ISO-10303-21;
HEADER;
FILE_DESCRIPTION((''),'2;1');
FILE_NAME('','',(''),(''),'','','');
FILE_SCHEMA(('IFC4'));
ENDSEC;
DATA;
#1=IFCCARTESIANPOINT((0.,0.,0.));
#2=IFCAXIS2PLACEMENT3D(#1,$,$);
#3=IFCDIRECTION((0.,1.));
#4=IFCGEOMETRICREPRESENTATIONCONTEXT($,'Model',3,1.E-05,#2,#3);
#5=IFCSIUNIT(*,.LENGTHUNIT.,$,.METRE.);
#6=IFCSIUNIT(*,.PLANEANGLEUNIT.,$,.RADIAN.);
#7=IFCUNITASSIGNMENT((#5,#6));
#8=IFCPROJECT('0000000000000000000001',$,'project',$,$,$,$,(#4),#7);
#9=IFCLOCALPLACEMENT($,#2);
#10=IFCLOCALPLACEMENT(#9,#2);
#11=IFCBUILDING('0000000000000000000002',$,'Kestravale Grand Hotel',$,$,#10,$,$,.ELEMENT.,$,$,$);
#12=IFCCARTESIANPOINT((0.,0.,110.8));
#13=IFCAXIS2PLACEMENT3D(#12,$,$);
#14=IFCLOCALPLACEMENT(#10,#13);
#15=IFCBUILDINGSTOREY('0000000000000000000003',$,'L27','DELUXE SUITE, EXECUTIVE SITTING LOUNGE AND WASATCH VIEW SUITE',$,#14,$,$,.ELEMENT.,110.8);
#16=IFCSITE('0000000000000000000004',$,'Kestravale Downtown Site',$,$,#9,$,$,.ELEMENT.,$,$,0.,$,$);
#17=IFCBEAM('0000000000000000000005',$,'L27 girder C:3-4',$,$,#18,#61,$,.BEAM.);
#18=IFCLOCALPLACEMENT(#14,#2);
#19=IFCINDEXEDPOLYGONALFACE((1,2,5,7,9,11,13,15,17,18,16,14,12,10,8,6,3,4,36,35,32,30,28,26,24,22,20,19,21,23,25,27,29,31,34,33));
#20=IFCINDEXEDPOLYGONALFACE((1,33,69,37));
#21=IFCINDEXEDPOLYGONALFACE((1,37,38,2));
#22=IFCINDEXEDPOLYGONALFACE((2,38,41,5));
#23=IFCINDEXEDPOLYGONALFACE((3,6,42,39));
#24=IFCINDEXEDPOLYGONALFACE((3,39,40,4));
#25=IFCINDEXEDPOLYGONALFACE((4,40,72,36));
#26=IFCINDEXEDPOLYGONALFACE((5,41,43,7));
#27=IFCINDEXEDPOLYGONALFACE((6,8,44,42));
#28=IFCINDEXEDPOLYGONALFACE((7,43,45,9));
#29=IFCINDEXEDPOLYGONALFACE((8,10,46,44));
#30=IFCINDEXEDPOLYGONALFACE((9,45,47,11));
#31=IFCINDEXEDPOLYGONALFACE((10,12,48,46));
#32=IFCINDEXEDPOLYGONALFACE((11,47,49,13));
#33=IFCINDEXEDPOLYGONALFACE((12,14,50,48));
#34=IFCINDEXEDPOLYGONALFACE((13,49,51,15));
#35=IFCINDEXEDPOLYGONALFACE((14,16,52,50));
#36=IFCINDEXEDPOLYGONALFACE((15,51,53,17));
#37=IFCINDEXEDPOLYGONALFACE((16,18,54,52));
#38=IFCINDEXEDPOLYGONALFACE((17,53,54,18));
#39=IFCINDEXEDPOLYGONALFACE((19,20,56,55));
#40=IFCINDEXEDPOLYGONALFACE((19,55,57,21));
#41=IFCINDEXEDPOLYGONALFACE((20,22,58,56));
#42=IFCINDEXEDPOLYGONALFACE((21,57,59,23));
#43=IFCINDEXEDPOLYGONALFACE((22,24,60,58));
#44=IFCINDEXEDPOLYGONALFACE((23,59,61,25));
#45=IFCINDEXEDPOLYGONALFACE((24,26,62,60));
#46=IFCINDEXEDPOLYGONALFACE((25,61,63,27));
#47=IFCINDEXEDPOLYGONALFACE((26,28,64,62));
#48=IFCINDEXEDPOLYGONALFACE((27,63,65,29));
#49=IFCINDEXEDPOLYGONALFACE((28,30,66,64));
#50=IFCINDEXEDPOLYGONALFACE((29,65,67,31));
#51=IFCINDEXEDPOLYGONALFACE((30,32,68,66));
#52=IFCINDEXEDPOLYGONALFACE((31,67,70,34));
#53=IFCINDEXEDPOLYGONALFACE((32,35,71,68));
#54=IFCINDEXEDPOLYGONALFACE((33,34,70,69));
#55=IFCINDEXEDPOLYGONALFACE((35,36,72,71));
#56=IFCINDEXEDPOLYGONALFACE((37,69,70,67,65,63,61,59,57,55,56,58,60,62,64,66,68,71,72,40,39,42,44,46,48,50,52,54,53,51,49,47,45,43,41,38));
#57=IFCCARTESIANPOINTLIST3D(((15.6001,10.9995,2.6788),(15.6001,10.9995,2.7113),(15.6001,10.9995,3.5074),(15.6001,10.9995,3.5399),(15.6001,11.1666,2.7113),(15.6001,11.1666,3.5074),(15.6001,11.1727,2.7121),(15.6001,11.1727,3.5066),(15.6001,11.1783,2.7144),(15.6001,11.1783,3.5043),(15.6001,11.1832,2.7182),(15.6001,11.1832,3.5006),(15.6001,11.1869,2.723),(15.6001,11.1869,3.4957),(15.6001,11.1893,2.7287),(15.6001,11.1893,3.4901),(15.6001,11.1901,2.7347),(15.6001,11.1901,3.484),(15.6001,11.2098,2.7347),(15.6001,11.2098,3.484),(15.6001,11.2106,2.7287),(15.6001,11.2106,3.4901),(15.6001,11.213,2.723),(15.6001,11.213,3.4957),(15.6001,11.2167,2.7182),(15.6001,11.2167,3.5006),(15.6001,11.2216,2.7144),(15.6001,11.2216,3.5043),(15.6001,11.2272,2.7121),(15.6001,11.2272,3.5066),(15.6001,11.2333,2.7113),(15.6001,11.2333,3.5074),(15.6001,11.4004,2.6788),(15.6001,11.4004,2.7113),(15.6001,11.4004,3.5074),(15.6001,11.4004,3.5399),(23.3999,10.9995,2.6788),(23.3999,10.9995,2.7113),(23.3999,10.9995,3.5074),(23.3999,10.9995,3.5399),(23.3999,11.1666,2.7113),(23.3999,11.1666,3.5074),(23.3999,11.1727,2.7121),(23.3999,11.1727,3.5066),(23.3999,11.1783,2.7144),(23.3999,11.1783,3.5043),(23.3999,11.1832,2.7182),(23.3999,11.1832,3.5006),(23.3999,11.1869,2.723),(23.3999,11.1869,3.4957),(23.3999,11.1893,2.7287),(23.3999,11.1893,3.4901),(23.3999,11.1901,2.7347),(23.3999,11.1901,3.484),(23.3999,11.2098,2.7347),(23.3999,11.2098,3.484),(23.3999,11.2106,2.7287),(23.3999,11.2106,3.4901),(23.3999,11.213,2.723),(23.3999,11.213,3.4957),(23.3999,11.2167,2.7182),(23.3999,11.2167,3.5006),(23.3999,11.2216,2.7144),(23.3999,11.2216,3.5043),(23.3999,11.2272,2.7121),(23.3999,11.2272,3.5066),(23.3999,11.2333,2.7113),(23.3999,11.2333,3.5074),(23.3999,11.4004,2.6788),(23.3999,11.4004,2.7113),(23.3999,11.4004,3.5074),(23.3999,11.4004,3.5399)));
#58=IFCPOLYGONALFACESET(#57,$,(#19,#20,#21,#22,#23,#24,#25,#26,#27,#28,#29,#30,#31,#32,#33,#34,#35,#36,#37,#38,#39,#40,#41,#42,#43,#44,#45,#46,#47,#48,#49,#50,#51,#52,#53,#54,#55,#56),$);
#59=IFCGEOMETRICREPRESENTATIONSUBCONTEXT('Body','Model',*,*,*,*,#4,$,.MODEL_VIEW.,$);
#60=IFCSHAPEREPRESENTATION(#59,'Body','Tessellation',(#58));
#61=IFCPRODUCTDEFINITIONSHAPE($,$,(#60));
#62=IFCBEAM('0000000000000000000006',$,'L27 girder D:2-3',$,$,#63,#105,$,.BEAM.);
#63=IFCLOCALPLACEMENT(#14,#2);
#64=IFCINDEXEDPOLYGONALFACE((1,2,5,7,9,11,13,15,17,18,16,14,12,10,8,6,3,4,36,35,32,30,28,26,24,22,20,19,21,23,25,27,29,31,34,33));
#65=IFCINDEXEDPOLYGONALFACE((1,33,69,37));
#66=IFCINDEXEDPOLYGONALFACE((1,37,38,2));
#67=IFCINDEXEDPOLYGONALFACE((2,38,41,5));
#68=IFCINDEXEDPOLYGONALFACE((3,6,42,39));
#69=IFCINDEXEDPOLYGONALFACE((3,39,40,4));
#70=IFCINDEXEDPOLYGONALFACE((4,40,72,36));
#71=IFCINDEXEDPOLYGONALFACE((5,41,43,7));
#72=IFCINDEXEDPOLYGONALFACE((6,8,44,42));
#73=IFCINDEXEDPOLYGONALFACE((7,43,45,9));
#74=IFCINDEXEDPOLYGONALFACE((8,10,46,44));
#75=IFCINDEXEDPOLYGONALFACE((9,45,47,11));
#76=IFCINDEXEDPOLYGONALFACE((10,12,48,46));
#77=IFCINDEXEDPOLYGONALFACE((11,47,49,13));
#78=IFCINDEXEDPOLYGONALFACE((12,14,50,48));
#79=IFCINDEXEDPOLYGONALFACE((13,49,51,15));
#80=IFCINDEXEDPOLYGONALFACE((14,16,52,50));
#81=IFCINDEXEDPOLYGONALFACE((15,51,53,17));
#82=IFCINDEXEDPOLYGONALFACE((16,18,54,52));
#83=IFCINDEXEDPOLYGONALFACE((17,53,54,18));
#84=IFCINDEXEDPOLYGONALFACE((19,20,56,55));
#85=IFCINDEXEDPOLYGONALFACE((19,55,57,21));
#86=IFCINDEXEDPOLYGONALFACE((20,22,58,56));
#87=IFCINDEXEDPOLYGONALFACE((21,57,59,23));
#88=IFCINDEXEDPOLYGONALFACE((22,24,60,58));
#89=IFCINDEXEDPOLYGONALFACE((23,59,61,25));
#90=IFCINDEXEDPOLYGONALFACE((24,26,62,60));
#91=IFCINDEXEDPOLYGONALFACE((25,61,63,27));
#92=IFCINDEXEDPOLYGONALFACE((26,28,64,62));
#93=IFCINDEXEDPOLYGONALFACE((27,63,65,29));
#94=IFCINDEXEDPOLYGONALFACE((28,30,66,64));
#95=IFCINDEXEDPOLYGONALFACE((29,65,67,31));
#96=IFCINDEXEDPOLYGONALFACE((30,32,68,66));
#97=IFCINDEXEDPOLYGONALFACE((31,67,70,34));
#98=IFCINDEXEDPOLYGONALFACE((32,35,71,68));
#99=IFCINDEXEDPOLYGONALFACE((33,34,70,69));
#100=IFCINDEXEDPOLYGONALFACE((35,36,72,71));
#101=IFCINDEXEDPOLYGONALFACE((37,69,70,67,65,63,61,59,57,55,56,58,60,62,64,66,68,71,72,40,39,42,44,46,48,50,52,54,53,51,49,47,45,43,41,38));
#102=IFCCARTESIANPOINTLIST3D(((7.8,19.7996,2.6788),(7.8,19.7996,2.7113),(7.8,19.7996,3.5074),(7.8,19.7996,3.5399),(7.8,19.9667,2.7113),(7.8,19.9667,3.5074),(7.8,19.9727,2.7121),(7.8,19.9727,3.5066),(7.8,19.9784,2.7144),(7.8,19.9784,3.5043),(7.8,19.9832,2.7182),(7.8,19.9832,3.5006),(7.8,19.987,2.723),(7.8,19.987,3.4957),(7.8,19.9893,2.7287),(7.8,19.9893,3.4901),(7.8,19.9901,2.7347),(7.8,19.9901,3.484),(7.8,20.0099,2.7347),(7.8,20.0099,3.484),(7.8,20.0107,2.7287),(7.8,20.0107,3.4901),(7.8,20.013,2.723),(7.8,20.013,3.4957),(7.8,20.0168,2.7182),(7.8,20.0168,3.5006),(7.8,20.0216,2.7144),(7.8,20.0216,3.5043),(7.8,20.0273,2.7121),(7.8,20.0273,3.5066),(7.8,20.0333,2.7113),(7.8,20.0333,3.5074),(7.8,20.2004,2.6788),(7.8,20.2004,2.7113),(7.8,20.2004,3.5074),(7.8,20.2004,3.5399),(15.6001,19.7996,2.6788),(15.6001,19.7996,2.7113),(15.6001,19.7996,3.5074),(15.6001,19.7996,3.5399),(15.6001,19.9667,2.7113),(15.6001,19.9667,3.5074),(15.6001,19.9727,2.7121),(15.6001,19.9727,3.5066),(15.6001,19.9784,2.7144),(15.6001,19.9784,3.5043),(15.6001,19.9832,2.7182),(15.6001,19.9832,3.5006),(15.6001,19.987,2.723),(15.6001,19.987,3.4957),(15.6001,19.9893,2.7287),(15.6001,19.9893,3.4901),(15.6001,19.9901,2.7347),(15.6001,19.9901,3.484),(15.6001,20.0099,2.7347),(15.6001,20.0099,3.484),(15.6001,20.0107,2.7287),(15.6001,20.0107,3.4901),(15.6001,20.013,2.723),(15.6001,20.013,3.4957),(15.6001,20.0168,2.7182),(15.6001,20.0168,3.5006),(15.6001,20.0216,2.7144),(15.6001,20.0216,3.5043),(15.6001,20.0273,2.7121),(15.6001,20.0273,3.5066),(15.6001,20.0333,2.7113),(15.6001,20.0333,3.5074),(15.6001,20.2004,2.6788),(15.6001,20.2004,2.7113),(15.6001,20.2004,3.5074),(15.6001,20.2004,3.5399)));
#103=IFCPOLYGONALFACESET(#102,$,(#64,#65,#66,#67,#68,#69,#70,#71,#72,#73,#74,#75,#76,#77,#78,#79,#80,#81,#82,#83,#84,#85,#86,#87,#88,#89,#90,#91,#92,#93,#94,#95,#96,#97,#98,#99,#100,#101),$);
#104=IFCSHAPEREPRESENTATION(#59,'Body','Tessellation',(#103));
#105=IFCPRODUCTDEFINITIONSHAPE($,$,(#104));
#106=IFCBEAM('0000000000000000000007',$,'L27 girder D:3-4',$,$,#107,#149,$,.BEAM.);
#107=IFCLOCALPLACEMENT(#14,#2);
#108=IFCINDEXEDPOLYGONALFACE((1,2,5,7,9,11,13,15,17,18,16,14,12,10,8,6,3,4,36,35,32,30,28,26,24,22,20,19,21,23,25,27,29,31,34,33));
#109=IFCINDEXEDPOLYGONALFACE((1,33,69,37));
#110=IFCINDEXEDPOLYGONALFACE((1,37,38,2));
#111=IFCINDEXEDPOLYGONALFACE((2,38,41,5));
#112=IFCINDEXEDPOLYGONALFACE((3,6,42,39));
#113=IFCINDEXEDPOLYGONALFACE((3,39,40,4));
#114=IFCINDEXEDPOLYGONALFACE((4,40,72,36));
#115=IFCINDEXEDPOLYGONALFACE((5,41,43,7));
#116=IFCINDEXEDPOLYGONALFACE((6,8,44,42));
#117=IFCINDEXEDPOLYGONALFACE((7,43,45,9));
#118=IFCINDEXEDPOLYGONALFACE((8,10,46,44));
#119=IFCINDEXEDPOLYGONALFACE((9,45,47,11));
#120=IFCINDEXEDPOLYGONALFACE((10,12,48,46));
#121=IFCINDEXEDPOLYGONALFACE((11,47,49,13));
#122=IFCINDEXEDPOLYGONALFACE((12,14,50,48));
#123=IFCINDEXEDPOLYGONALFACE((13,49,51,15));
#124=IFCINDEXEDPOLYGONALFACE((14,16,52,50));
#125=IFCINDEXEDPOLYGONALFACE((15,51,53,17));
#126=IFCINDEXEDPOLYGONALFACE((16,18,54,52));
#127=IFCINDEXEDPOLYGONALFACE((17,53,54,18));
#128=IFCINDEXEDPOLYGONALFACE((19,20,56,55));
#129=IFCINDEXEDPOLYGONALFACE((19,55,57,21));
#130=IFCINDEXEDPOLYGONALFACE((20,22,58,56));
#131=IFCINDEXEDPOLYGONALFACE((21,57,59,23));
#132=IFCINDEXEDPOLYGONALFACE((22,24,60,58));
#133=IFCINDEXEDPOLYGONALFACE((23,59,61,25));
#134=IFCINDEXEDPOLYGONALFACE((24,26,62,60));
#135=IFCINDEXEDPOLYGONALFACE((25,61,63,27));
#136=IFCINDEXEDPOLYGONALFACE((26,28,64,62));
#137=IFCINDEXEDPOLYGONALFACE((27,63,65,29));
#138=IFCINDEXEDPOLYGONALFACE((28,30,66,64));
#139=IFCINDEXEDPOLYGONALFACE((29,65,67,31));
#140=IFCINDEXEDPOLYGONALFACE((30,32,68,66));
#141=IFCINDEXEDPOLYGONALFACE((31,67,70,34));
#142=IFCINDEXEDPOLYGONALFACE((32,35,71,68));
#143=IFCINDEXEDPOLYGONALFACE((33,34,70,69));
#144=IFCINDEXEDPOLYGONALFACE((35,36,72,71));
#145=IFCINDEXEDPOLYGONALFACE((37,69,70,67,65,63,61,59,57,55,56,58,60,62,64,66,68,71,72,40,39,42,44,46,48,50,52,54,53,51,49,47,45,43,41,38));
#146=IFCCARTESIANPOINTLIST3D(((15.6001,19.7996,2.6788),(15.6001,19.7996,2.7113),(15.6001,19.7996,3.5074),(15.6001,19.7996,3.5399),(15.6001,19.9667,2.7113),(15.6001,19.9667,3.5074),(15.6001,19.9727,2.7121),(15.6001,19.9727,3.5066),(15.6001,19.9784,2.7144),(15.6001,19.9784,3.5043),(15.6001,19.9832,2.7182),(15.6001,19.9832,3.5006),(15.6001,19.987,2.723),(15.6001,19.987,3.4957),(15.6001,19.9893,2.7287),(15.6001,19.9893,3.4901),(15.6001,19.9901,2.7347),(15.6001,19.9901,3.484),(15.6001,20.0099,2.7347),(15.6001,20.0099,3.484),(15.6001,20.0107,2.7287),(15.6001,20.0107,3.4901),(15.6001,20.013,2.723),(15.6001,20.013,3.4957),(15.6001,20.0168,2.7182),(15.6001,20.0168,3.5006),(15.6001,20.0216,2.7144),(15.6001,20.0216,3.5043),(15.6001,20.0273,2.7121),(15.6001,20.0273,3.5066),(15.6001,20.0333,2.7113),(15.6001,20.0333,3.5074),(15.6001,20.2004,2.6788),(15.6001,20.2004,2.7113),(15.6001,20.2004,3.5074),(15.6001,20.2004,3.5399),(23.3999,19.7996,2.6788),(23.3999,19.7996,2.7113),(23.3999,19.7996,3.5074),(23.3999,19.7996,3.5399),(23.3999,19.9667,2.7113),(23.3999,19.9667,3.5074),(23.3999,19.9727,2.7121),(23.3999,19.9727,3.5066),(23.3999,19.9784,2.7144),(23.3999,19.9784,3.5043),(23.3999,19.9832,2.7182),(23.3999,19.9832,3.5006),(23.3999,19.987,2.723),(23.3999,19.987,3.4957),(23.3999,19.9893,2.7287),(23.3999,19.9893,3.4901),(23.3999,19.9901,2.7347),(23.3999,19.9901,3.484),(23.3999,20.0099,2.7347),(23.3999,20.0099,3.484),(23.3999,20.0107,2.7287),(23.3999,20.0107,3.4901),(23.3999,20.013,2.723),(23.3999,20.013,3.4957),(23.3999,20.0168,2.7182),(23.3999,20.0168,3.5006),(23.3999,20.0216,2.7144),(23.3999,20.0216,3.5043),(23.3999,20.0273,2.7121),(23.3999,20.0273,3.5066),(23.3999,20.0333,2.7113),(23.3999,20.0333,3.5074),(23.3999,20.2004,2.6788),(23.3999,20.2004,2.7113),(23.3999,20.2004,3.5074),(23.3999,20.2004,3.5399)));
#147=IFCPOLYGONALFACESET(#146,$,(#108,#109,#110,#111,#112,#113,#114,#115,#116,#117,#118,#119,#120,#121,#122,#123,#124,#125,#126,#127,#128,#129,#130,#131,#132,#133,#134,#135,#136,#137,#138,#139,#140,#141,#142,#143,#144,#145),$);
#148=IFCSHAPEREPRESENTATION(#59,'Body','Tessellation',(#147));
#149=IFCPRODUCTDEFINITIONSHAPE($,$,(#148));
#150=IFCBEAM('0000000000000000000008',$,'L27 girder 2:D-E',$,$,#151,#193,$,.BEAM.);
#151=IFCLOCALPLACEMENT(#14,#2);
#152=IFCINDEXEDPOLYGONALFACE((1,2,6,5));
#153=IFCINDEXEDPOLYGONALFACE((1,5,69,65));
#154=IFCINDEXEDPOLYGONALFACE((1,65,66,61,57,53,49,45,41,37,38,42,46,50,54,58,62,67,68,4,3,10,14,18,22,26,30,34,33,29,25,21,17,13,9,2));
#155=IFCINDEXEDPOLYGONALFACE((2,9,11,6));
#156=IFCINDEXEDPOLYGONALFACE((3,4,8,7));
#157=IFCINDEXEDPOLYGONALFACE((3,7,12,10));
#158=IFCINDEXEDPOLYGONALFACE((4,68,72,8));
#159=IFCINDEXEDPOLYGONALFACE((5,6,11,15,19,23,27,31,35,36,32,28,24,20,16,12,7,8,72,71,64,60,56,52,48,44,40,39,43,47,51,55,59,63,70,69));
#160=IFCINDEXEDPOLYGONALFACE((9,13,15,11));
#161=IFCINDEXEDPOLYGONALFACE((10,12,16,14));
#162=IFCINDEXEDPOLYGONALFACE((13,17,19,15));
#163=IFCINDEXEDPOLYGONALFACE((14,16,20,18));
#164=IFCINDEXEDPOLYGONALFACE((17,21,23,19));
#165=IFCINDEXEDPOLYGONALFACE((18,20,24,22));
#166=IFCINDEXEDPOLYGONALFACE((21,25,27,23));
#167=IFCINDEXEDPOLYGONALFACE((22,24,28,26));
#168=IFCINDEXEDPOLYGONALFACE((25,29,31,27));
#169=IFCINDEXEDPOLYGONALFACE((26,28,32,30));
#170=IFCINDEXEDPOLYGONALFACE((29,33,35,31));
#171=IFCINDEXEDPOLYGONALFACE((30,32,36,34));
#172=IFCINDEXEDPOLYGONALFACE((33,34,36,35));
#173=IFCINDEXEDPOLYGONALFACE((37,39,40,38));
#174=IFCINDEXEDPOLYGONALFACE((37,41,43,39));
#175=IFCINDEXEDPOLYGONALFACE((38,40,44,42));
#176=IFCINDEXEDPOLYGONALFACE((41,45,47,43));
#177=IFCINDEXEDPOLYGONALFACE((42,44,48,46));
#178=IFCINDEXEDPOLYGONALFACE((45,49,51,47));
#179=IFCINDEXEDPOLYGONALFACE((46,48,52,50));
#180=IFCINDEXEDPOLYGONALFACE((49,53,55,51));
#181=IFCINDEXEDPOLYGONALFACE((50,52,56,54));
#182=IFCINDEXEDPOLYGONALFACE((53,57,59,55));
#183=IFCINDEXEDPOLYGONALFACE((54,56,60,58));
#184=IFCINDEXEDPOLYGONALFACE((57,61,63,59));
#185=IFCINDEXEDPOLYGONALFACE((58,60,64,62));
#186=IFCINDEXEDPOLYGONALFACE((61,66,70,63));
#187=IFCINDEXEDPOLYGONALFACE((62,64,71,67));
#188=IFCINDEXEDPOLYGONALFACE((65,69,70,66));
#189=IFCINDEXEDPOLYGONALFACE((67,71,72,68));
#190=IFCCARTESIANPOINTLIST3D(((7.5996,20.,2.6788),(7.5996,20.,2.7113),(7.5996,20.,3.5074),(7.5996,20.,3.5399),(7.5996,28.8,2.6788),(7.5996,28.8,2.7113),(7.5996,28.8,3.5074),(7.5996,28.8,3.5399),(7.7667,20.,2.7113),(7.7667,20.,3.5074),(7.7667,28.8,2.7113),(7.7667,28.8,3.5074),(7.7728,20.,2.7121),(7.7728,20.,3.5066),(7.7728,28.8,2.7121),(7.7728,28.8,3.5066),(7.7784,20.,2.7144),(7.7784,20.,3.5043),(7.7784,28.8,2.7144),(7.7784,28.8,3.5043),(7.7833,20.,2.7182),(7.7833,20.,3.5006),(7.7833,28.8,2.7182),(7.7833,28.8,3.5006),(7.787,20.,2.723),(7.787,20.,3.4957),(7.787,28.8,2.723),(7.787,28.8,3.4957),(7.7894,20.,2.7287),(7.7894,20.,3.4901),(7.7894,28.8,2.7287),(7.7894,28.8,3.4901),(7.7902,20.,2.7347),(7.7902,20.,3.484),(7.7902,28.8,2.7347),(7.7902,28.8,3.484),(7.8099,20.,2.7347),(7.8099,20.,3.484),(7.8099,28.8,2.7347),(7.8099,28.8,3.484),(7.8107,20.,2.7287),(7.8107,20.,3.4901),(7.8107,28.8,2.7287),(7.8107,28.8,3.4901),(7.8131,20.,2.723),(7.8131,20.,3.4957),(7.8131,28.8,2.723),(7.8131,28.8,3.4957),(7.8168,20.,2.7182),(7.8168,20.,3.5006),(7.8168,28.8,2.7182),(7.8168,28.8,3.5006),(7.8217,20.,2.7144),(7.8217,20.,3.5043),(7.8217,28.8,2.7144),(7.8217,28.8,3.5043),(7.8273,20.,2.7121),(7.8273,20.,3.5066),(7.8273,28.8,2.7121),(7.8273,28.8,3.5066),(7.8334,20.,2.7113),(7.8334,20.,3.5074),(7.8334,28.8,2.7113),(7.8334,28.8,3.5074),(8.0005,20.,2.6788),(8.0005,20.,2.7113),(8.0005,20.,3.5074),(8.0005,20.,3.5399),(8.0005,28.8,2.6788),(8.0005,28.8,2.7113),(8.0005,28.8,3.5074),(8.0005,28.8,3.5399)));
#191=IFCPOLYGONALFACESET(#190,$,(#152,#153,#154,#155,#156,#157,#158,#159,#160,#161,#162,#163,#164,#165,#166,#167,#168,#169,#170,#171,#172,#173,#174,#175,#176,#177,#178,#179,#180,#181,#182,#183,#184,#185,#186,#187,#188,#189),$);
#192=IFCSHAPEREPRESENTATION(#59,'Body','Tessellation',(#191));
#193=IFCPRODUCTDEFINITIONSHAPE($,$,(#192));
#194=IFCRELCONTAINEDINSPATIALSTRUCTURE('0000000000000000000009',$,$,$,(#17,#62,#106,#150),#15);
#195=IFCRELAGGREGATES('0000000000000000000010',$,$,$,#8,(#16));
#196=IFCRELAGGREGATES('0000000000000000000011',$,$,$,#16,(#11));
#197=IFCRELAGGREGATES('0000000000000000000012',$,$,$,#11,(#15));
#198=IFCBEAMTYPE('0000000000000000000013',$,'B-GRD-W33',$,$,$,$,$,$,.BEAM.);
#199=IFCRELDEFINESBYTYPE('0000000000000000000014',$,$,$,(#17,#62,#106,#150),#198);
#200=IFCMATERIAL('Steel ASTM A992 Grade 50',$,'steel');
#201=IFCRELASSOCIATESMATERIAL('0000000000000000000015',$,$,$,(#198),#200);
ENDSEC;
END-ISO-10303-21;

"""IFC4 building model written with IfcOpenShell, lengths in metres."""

from ifc_helpers import new_model, si_unit, direction, frame, origin, origin_2d, place, context, subcontext, project, spatial, i_section, extrude, material, material_profile, profile_set, type_object, element, save


model = new_model("IFC4")

# Units and contexts
model_context = context("Model", 3, precision=1e-05, world=origin(), true_north=direction((0.0, 1.0)))
body_context = subcontext(model_context, "Body", "Model", "MODEL_VIEW")
ifc_project = project(units=[si_unit("LENGTHUNIT", "METRE"), si_unit("PLANEANGLEUNIT", "RADIAN")], contexts=[model_context])

# Site, building, storey
site_placement = place(None, origin())
site = spatial("IfcSite", under=ifc_project, at=site_placement, Name="Kestravale Downtown Site", CompositionType="ELEMENT", RefElevation=0.0)
building_placement = place(site_placement, origin())
building = spatial("IfcBuilding", under=site, at=building_placement, Name="Kestravale Grand Hotel", CompositionType="ELEMENT")
storey_placement = place(building_placement, frame((0.0, 0.0, 110.8)))
storey = spatial("IfcBuildingStorey", under=building, at=storey_placement, Name="L27", Description="DELUXE SUITE, EXECUTIVE SITTING LOUNGE AND WASATCH VIEW SUITE", CompositionType="ELEMENT", Elevation=110.8)

# Beams
ifc_material_1 = material(Name="Steel ASTM A992 Grade 50", Category="steel")
ifc_material_profile_1 = material_profile(ifc_material_1, i_section(OverallWidth=0.4009, OverallDepth=0.8611, WebThickness=0.0198, FlangeThickness=0.0325, FilletRadius=0.0234, at=origin_2d()))
ifc_profile_set_1 = profile_set([ifc_material_profile_1], Name="Steel ASTM A992 Grade 50")
beam_type_1 = type_object("IfcBeamType", Name="B-GRD-W33", PredefinedType="BEAM", material=ifc_profile_set_1)
beam_1_placement = place(storey_placement, frame((15.6001, 11.2, 3.1094), z_axis=(1.0, 0.0, 0.0), x_axis=(0.0, 1.0, 0.0)))
element("IfcBeam", 1, at=beam_1_placement, inside=storey, type_object=beam_type_1, Name="L27 girder C:3-4", PredefinedType="BEAM", context=body_context, shape_type="SweptSolid", body=[
    extrude(i_section(OverallWidth=0.4009, OverallDepth=0.8611, WebThickness=0.0198, FlangeThickness=0.0325, FilletRadius=0.0234, at=origin_2d()), origin(), (0.0, 0.0, 1.0), 7.7998),
])
beam_2_placement = place(storey_placement, frame((7.8, 20.0, 3.1094), z_axis=(1.0, 0.0, 0.0), x_axis=(0.0, 1.0, 0.0)))
element("IfcBeam", 2, at=beam_2_placement, inside=storey, type_object=beam_type_1, Name="L27 girder D:2-3", PredefinedType="BEAM", context=body_context, shape_type="SweptSolid", body=[
    extrude(i_section(OverallWidth=0.4009, OverallDepth=0.8611, WebThickness=0.0198, FlangeThickness=0.0325, FilletRadius=0.0234, at=origin_2d()), origin(), (0.0, 0.0, 1.0), 7.8),
])
beam_3_placement = place(storey_placement, frame((15.6001, 20.0, 3.1094), z_axis=(1.0, 0.0, 0.0), x_axis=(0.0, 1.0, 0.0)))
element("IfcBeam", 3, at=beam_3_placement, inside=storey, type_object=beam_type_1, Name="L27 girder D:3-4", PredefinedType="BEAM", context=body_context, shape_type="SweptSolid", body=[
    extrude(i_section(OverallWidth=0.4009, OverallDepth=0.8611, WebThickness=0.0198, FlangeThickness=0.0325, FilletRadius=0.0234, at=origin_2d()), origin(), (0.0, 0.0, 1.0), 7.7998),
])
for number, where, z_axis, x_axis, name in (
    (4, (7.8, 20.0, 3.1094), (0.0, 1.0, 0.0), (-1.0, 0.0, 0.0), "L27 girder 2:D-E"),
):
    element("IfcBeam", number, at=place(storey_placement, frame(where, z_axis=z_axis, x_axis=x_axis)), inside=storey, type_object=beam_type_1, Name=name, PredefinedType="BEAM", context=body_context, shape_type="SweptSolid", body=[
        extrude(i_section(OverallWidth=0.4009, OverallDepth=0.8611, WebThickness=0.0198, FlangeThickness=0.0325, FilletRadius=0.0234, at=origin_2d()), origin(), (0.0, 0.0, 1.0), 8.8),
    ])

save(model, "model.ifc")
